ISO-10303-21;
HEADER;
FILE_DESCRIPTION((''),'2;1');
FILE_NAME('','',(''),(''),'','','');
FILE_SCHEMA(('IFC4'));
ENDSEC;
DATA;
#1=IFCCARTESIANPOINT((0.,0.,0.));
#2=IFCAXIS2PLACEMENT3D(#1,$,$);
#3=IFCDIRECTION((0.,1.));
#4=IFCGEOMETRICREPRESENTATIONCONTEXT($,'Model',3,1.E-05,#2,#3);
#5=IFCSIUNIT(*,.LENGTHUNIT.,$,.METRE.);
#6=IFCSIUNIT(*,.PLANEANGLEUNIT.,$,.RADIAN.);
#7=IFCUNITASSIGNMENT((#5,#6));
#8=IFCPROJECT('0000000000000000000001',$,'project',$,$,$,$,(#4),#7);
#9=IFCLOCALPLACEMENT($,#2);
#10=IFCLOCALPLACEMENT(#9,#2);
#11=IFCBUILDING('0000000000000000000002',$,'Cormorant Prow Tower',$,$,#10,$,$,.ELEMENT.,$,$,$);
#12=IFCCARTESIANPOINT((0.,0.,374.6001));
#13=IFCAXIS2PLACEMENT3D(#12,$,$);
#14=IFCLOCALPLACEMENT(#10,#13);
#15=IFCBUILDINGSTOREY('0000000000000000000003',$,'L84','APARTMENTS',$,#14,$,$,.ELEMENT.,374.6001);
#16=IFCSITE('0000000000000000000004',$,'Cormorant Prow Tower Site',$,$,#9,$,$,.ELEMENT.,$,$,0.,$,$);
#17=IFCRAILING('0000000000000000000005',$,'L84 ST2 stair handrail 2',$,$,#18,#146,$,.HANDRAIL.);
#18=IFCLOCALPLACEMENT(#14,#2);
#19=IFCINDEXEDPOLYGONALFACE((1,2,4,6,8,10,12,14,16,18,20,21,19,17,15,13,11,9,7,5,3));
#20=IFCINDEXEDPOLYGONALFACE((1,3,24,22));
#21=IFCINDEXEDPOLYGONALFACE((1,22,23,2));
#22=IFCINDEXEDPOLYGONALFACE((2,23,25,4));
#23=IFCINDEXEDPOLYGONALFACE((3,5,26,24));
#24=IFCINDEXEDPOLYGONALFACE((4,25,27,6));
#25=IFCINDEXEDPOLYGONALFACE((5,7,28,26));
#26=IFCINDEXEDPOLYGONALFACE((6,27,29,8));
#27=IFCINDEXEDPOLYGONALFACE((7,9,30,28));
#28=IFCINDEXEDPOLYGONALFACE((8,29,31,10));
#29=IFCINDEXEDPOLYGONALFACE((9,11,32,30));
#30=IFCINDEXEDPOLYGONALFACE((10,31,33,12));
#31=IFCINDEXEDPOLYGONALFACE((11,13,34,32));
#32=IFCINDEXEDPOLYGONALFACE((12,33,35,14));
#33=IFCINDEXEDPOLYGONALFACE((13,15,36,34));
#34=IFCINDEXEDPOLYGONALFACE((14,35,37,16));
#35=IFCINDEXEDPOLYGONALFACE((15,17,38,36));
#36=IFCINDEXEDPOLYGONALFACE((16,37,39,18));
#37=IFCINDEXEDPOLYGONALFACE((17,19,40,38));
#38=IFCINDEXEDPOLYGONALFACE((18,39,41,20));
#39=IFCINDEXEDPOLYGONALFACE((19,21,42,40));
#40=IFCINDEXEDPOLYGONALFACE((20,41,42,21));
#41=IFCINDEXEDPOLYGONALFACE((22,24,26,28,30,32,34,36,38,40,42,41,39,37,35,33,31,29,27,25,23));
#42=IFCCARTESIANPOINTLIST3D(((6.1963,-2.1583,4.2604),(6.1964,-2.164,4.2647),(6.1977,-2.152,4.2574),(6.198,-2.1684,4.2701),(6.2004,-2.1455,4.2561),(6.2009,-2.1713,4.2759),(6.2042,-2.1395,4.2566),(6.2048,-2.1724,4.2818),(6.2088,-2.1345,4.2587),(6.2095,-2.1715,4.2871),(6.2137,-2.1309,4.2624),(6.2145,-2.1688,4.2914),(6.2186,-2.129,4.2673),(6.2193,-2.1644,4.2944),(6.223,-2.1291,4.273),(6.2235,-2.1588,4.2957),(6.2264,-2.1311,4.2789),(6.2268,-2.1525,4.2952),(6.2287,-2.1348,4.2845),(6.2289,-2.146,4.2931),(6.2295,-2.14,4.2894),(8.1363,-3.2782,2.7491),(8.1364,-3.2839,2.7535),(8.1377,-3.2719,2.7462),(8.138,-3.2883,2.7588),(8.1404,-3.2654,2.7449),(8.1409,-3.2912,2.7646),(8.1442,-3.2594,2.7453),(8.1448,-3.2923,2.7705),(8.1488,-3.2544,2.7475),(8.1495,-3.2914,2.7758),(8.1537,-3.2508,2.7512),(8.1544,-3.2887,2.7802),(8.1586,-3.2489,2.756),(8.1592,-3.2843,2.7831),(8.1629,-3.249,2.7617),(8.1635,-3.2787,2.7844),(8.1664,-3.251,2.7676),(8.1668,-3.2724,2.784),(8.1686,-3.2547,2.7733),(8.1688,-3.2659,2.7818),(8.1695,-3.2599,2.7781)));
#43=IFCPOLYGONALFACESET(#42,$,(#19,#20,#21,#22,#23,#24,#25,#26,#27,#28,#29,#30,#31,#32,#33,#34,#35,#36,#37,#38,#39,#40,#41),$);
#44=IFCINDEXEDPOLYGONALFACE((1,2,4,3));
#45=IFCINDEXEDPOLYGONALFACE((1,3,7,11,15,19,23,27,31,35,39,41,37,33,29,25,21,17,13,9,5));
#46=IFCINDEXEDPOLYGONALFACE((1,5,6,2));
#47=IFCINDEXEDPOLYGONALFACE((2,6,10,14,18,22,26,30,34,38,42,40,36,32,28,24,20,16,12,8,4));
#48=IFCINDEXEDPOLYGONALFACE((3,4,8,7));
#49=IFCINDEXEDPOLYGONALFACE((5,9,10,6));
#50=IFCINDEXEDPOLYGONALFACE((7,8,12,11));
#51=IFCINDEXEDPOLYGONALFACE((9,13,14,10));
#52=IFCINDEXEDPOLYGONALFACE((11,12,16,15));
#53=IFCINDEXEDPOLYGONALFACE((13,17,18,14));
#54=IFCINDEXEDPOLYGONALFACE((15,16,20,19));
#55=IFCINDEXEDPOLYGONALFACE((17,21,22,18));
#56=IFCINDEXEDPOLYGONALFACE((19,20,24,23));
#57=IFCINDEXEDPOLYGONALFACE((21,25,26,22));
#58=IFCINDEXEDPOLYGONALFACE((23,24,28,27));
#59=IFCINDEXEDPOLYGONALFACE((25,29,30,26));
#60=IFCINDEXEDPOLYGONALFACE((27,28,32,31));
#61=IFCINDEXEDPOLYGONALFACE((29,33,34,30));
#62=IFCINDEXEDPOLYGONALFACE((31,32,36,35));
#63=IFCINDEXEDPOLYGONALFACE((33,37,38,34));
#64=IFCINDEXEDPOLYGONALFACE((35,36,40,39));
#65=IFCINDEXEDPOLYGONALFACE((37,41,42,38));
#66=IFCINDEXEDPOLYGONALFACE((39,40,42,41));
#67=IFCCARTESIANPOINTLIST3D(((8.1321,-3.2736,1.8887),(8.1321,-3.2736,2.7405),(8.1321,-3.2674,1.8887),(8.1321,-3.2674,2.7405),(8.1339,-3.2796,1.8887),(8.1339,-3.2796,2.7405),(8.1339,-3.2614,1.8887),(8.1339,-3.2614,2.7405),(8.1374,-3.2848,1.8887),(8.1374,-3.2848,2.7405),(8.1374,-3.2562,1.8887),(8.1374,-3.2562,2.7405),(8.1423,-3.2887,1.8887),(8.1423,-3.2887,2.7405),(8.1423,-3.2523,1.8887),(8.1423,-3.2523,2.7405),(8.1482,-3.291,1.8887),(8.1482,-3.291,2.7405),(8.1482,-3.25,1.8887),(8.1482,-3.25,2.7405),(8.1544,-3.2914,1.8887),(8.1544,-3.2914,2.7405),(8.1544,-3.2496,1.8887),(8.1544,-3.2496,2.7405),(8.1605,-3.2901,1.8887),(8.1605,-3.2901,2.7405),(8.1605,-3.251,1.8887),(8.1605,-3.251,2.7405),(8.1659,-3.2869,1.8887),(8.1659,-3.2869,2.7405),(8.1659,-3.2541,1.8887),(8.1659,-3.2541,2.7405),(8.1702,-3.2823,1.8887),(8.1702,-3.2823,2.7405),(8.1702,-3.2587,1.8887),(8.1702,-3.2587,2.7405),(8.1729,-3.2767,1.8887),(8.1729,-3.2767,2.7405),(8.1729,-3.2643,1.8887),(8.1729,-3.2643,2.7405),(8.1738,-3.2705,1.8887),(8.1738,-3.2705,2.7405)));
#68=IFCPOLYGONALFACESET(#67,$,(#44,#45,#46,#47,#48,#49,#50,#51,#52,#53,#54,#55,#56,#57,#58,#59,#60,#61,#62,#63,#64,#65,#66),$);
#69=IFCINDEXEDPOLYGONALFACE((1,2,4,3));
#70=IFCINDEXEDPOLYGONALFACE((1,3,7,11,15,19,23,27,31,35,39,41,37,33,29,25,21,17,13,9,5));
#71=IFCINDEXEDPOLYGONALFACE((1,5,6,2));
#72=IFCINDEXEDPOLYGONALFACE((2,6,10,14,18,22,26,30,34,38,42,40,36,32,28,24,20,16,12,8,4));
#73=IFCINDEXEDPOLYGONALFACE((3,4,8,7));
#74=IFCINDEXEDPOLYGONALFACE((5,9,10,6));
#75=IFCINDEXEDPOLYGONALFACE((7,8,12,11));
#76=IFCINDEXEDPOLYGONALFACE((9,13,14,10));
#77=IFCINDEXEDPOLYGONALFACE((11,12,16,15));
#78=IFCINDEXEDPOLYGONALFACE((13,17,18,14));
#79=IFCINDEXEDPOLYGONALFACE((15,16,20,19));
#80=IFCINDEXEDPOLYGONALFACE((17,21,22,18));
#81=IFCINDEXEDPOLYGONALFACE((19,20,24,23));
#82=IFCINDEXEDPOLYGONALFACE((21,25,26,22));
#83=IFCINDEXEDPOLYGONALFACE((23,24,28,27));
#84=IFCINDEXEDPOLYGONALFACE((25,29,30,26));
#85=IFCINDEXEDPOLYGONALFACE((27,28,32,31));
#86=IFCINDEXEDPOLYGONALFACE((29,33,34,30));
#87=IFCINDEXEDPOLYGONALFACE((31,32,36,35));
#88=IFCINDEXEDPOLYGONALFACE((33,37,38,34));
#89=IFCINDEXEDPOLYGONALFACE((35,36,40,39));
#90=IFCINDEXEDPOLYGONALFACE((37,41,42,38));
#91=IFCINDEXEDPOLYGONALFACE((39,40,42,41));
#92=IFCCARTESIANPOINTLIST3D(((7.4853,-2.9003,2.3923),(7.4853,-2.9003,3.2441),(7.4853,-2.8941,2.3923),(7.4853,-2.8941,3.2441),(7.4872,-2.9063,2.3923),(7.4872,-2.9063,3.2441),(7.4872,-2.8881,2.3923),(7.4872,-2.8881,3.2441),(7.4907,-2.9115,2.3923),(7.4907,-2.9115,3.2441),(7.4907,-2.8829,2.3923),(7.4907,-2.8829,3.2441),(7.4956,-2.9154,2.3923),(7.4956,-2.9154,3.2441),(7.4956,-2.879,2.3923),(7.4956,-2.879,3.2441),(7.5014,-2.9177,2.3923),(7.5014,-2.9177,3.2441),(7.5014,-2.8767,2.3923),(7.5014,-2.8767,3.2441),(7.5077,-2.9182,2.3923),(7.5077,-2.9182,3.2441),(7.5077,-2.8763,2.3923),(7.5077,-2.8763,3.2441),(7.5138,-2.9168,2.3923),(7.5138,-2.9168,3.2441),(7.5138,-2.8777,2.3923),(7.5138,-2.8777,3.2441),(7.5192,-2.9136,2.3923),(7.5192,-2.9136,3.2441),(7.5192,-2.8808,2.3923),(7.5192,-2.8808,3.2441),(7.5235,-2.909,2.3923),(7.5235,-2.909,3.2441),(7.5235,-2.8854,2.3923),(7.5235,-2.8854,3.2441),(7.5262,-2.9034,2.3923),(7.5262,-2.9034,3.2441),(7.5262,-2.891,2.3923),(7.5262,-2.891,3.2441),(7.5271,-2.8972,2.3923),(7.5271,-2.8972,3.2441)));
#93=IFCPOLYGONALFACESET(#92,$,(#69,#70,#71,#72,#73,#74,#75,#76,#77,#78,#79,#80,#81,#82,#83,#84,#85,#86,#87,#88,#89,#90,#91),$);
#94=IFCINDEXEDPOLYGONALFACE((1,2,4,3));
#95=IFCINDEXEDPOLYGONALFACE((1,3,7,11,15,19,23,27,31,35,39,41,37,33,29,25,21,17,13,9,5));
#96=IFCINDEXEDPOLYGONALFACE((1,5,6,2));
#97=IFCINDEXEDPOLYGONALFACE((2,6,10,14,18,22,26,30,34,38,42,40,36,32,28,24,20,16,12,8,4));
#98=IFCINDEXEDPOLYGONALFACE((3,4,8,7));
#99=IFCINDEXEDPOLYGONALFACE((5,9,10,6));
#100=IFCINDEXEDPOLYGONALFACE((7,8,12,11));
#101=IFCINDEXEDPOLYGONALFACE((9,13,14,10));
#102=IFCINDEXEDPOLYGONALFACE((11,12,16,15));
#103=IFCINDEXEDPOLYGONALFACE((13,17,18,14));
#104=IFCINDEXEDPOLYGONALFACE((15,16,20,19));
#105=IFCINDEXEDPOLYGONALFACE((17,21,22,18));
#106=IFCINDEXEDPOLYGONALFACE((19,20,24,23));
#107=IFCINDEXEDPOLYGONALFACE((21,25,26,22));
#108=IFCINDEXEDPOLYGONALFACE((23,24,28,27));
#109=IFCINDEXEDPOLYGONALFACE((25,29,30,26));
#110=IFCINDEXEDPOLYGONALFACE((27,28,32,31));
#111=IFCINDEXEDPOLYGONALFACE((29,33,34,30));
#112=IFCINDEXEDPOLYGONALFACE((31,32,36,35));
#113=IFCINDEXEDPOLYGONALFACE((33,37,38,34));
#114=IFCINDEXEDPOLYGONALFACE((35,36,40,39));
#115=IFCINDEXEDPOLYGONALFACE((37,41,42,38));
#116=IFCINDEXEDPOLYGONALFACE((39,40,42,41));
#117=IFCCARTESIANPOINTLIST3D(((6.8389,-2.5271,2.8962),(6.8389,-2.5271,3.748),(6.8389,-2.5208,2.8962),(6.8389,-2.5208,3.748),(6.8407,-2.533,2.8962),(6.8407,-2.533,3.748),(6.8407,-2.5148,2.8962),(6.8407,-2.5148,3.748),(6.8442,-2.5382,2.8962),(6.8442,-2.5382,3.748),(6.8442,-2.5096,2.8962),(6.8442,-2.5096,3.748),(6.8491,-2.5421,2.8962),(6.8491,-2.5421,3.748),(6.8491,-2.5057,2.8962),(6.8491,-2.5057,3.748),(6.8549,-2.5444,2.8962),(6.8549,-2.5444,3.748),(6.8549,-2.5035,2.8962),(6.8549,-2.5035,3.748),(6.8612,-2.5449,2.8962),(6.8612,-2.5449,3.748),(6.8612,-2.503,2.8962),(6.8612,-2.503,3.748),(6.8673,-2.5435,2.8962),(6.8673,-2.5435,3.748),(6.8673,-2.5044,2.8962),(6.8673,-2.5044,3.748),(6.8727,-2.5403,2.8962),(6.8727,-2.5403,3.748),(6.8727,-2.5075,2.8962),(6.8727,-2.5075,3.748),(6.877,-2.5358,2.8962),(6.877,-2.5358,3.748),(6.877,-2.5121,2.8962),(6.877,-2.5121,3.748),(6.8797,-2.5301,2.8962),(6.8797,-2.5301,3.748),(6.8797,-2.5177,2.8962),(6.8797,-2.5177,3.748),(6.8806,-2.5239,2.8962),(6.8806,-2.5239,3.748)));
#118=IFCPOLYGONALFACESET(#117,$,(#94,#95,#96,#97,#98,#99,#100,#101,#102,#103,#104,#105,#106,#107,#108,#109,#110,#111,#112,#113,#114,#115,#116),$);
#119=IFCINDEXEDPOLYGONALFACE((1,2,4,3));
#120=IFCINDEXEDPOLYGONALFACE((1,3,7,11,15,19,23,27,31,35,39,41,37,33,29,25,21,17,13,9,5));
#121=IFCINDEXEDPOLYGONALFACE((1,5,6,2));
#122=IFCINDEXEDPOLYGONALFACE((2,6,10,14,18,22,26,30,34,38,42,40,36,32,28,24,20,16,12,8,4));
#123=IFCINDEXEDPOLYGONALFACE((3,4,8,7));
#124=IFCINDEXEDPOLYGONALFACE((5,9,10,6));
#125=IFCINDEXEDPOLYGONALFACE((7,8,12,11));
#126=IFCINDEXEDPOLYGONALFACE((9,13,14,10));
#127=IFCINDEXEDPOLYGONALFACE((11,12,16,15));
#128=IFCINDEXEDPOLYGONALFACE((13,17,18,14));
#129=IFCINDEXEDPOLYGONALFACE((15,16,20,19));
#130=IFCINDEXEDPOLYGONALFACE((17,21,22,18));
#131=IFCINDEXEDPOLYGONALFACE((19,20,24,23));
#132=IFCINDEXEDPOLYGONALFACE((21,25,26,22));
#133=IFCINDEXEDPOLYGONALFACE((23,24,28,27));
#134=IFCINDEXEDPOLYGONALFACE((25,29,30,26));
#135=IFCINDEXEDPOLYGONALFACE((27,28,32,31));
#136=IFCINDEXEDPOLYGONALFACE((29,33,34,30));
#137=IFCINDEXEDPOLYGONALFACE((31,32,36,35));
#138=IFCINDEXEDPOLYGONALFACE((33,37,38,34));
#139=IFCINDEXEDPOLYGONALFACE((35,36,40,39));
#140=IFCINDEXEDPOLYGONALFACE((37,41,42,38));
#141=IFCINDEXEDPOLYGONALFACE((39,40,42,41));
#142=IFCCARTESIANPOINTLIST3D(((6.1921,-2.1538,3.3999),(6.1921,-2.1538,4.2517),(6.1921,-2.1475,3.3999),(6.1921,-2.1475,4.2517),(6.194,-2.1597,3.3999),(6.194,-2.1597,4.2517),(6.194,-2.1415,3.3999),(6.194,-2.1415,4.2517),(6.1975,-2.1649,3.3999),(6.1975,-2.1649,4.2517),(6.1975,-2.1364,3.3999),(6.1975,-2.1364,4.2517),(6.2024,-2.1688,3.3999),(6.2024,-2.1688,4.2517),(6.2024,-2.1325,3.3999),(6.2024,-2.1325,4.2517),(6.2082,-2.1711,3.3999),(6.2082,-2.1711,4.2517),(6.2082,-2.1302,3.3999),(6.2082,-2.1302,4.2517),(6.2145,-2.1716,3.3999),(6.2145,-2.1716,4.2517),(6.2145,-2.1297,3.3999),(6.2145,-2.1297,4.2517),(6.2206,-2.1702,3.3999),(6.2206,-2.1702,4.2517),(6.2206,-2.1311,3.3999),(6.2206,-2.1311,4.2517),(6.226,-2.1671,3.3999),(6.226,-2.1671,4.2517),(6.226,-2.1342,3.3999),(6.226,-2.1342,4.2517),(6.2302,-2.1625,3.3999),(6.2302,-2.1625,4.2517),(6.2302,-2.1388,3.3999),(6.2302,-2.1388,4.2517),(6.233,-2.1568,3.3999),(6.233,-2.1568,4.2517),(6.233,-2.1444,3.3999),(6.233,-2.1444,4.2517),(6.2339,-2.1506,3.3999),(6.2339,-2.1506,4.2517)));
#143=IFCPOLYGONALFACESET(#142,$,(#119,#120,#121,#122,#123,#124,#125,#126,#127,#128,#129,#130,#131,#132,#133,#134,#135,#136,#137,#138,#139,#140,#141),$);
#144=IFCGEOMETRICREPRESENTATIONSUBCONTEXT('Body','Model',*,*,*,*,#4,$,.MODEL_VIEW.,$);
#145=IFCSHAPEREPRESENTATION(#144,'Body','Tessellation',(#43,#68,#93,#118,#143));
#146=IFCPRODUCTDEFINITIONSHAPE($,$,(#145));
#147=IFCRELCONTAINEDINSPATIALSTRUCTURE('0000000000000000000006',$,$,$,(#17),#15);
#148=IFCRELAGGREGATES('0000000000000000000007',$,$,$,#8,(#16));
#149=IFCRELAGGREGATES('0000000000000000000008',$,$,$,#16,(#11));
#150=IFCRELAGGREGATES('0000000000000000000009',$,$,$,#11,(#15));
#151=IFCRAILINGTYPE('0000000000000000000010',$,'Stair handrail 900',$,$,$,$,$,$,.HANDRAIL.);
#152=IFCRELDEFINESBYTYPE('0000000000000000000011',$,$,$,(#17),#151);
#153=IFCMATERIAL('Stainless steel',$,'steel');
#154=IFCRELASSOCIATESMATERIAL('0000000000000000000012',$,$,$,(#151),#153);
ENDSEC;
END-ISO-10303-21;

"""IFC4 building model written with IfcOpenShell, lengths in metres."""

from ifc_helpers import new_model, si_unit, direction, frame, origin, origin_2d, place, context, subcontext, project, spatial, circle, extrude, material, type_object, element, save


model = new_model("IFC4")

# Units and contexts
model_context = context("Model", 3, precision=1e-05, world=origin(), true_north=direction((0.0, 1.0)))
body_context = subcontext(model_context, "Body", "Model", "MODEL_VIEW")
ifc_project = project(units=[si_unit("LENGTHUNIT", "METRE"), si_unit("PLANEANGLEUNIT", "RADIAN")], contexts=[model_context])

# Site, building, storey
site_placement = place(None, origin())
site = spatial("IfcSite", under=ifc_project, at=site_placement, Name="Cormorant Prow Tower Site", CompositionType="ELEMENT", RefElevation=0.0)
building_placement = place(site_placement, origin())
building = spatial("IfcBuilding", under=site, at=building_placement, Name="Cormorant Prow Tower", CompositionType="ELEMENT")
storey_placement = place(building_placement, frame((0.0, 0.0, 374.6001)))
storey = spatial("IfcBuildingStorey", under=building, at=storey_placement, Name="L84", Description="APARTMENTS", CompositionType="ELEMENT", Elevation=374.6001)

# Railing
ifc_material_1 = material(Name="Stainless steel", Category="steel")
railing_type = type_object("IfcRailingType", Name="Stair handrail 900", PredefinedType="HANDRAIL", material=ifc_material_1)
railing_placement = place(storey_placement, frame((8.1528, -3.2705, 1.8887)))
element("IfcRailing", 1, at=railing_placement, inside=storey, type_object=railing_type, Name="L84 ST2 stair handrail 2", PredefinedType="HANDRAIL", context=body_context, shape_type="SweptSolid", body=[
    extrude(circle(Radius=0.0239, at=origin_2d()), frame((0.0, 0.0, 0.876), z_axis=(-0.71794, 0.414447, 0.559281), x_axis=(-0.499949, -0.866055, 0.0)), (0.0, 0.0, 1.0), 2.7021),
    extrude(circle(Radius=0.021, at=origin_2d()), origin(), (0.0, 0.0, 1.0), 0.8518),
    extrude(circle(Radius=0.021, at=origin_2d()), frame((-0.6467, 0.3733, 0.5037)), (0.0, 0.0, 1.0), 0.8518),
    extrude(circle(Radius=0.021, at=origin_2d()), frame((-1.2932, 0.7466, 1.0076)), (0.0, 0.0, 1.0), 0.8518),
    extrude(circle(Radius=0.021, at=origin_2d()), frame((-1.9399, 1.1199, 1.5112)), (0.0, 0.0, 1.0), 0.8518),
])

save(model, "model.ifc")
